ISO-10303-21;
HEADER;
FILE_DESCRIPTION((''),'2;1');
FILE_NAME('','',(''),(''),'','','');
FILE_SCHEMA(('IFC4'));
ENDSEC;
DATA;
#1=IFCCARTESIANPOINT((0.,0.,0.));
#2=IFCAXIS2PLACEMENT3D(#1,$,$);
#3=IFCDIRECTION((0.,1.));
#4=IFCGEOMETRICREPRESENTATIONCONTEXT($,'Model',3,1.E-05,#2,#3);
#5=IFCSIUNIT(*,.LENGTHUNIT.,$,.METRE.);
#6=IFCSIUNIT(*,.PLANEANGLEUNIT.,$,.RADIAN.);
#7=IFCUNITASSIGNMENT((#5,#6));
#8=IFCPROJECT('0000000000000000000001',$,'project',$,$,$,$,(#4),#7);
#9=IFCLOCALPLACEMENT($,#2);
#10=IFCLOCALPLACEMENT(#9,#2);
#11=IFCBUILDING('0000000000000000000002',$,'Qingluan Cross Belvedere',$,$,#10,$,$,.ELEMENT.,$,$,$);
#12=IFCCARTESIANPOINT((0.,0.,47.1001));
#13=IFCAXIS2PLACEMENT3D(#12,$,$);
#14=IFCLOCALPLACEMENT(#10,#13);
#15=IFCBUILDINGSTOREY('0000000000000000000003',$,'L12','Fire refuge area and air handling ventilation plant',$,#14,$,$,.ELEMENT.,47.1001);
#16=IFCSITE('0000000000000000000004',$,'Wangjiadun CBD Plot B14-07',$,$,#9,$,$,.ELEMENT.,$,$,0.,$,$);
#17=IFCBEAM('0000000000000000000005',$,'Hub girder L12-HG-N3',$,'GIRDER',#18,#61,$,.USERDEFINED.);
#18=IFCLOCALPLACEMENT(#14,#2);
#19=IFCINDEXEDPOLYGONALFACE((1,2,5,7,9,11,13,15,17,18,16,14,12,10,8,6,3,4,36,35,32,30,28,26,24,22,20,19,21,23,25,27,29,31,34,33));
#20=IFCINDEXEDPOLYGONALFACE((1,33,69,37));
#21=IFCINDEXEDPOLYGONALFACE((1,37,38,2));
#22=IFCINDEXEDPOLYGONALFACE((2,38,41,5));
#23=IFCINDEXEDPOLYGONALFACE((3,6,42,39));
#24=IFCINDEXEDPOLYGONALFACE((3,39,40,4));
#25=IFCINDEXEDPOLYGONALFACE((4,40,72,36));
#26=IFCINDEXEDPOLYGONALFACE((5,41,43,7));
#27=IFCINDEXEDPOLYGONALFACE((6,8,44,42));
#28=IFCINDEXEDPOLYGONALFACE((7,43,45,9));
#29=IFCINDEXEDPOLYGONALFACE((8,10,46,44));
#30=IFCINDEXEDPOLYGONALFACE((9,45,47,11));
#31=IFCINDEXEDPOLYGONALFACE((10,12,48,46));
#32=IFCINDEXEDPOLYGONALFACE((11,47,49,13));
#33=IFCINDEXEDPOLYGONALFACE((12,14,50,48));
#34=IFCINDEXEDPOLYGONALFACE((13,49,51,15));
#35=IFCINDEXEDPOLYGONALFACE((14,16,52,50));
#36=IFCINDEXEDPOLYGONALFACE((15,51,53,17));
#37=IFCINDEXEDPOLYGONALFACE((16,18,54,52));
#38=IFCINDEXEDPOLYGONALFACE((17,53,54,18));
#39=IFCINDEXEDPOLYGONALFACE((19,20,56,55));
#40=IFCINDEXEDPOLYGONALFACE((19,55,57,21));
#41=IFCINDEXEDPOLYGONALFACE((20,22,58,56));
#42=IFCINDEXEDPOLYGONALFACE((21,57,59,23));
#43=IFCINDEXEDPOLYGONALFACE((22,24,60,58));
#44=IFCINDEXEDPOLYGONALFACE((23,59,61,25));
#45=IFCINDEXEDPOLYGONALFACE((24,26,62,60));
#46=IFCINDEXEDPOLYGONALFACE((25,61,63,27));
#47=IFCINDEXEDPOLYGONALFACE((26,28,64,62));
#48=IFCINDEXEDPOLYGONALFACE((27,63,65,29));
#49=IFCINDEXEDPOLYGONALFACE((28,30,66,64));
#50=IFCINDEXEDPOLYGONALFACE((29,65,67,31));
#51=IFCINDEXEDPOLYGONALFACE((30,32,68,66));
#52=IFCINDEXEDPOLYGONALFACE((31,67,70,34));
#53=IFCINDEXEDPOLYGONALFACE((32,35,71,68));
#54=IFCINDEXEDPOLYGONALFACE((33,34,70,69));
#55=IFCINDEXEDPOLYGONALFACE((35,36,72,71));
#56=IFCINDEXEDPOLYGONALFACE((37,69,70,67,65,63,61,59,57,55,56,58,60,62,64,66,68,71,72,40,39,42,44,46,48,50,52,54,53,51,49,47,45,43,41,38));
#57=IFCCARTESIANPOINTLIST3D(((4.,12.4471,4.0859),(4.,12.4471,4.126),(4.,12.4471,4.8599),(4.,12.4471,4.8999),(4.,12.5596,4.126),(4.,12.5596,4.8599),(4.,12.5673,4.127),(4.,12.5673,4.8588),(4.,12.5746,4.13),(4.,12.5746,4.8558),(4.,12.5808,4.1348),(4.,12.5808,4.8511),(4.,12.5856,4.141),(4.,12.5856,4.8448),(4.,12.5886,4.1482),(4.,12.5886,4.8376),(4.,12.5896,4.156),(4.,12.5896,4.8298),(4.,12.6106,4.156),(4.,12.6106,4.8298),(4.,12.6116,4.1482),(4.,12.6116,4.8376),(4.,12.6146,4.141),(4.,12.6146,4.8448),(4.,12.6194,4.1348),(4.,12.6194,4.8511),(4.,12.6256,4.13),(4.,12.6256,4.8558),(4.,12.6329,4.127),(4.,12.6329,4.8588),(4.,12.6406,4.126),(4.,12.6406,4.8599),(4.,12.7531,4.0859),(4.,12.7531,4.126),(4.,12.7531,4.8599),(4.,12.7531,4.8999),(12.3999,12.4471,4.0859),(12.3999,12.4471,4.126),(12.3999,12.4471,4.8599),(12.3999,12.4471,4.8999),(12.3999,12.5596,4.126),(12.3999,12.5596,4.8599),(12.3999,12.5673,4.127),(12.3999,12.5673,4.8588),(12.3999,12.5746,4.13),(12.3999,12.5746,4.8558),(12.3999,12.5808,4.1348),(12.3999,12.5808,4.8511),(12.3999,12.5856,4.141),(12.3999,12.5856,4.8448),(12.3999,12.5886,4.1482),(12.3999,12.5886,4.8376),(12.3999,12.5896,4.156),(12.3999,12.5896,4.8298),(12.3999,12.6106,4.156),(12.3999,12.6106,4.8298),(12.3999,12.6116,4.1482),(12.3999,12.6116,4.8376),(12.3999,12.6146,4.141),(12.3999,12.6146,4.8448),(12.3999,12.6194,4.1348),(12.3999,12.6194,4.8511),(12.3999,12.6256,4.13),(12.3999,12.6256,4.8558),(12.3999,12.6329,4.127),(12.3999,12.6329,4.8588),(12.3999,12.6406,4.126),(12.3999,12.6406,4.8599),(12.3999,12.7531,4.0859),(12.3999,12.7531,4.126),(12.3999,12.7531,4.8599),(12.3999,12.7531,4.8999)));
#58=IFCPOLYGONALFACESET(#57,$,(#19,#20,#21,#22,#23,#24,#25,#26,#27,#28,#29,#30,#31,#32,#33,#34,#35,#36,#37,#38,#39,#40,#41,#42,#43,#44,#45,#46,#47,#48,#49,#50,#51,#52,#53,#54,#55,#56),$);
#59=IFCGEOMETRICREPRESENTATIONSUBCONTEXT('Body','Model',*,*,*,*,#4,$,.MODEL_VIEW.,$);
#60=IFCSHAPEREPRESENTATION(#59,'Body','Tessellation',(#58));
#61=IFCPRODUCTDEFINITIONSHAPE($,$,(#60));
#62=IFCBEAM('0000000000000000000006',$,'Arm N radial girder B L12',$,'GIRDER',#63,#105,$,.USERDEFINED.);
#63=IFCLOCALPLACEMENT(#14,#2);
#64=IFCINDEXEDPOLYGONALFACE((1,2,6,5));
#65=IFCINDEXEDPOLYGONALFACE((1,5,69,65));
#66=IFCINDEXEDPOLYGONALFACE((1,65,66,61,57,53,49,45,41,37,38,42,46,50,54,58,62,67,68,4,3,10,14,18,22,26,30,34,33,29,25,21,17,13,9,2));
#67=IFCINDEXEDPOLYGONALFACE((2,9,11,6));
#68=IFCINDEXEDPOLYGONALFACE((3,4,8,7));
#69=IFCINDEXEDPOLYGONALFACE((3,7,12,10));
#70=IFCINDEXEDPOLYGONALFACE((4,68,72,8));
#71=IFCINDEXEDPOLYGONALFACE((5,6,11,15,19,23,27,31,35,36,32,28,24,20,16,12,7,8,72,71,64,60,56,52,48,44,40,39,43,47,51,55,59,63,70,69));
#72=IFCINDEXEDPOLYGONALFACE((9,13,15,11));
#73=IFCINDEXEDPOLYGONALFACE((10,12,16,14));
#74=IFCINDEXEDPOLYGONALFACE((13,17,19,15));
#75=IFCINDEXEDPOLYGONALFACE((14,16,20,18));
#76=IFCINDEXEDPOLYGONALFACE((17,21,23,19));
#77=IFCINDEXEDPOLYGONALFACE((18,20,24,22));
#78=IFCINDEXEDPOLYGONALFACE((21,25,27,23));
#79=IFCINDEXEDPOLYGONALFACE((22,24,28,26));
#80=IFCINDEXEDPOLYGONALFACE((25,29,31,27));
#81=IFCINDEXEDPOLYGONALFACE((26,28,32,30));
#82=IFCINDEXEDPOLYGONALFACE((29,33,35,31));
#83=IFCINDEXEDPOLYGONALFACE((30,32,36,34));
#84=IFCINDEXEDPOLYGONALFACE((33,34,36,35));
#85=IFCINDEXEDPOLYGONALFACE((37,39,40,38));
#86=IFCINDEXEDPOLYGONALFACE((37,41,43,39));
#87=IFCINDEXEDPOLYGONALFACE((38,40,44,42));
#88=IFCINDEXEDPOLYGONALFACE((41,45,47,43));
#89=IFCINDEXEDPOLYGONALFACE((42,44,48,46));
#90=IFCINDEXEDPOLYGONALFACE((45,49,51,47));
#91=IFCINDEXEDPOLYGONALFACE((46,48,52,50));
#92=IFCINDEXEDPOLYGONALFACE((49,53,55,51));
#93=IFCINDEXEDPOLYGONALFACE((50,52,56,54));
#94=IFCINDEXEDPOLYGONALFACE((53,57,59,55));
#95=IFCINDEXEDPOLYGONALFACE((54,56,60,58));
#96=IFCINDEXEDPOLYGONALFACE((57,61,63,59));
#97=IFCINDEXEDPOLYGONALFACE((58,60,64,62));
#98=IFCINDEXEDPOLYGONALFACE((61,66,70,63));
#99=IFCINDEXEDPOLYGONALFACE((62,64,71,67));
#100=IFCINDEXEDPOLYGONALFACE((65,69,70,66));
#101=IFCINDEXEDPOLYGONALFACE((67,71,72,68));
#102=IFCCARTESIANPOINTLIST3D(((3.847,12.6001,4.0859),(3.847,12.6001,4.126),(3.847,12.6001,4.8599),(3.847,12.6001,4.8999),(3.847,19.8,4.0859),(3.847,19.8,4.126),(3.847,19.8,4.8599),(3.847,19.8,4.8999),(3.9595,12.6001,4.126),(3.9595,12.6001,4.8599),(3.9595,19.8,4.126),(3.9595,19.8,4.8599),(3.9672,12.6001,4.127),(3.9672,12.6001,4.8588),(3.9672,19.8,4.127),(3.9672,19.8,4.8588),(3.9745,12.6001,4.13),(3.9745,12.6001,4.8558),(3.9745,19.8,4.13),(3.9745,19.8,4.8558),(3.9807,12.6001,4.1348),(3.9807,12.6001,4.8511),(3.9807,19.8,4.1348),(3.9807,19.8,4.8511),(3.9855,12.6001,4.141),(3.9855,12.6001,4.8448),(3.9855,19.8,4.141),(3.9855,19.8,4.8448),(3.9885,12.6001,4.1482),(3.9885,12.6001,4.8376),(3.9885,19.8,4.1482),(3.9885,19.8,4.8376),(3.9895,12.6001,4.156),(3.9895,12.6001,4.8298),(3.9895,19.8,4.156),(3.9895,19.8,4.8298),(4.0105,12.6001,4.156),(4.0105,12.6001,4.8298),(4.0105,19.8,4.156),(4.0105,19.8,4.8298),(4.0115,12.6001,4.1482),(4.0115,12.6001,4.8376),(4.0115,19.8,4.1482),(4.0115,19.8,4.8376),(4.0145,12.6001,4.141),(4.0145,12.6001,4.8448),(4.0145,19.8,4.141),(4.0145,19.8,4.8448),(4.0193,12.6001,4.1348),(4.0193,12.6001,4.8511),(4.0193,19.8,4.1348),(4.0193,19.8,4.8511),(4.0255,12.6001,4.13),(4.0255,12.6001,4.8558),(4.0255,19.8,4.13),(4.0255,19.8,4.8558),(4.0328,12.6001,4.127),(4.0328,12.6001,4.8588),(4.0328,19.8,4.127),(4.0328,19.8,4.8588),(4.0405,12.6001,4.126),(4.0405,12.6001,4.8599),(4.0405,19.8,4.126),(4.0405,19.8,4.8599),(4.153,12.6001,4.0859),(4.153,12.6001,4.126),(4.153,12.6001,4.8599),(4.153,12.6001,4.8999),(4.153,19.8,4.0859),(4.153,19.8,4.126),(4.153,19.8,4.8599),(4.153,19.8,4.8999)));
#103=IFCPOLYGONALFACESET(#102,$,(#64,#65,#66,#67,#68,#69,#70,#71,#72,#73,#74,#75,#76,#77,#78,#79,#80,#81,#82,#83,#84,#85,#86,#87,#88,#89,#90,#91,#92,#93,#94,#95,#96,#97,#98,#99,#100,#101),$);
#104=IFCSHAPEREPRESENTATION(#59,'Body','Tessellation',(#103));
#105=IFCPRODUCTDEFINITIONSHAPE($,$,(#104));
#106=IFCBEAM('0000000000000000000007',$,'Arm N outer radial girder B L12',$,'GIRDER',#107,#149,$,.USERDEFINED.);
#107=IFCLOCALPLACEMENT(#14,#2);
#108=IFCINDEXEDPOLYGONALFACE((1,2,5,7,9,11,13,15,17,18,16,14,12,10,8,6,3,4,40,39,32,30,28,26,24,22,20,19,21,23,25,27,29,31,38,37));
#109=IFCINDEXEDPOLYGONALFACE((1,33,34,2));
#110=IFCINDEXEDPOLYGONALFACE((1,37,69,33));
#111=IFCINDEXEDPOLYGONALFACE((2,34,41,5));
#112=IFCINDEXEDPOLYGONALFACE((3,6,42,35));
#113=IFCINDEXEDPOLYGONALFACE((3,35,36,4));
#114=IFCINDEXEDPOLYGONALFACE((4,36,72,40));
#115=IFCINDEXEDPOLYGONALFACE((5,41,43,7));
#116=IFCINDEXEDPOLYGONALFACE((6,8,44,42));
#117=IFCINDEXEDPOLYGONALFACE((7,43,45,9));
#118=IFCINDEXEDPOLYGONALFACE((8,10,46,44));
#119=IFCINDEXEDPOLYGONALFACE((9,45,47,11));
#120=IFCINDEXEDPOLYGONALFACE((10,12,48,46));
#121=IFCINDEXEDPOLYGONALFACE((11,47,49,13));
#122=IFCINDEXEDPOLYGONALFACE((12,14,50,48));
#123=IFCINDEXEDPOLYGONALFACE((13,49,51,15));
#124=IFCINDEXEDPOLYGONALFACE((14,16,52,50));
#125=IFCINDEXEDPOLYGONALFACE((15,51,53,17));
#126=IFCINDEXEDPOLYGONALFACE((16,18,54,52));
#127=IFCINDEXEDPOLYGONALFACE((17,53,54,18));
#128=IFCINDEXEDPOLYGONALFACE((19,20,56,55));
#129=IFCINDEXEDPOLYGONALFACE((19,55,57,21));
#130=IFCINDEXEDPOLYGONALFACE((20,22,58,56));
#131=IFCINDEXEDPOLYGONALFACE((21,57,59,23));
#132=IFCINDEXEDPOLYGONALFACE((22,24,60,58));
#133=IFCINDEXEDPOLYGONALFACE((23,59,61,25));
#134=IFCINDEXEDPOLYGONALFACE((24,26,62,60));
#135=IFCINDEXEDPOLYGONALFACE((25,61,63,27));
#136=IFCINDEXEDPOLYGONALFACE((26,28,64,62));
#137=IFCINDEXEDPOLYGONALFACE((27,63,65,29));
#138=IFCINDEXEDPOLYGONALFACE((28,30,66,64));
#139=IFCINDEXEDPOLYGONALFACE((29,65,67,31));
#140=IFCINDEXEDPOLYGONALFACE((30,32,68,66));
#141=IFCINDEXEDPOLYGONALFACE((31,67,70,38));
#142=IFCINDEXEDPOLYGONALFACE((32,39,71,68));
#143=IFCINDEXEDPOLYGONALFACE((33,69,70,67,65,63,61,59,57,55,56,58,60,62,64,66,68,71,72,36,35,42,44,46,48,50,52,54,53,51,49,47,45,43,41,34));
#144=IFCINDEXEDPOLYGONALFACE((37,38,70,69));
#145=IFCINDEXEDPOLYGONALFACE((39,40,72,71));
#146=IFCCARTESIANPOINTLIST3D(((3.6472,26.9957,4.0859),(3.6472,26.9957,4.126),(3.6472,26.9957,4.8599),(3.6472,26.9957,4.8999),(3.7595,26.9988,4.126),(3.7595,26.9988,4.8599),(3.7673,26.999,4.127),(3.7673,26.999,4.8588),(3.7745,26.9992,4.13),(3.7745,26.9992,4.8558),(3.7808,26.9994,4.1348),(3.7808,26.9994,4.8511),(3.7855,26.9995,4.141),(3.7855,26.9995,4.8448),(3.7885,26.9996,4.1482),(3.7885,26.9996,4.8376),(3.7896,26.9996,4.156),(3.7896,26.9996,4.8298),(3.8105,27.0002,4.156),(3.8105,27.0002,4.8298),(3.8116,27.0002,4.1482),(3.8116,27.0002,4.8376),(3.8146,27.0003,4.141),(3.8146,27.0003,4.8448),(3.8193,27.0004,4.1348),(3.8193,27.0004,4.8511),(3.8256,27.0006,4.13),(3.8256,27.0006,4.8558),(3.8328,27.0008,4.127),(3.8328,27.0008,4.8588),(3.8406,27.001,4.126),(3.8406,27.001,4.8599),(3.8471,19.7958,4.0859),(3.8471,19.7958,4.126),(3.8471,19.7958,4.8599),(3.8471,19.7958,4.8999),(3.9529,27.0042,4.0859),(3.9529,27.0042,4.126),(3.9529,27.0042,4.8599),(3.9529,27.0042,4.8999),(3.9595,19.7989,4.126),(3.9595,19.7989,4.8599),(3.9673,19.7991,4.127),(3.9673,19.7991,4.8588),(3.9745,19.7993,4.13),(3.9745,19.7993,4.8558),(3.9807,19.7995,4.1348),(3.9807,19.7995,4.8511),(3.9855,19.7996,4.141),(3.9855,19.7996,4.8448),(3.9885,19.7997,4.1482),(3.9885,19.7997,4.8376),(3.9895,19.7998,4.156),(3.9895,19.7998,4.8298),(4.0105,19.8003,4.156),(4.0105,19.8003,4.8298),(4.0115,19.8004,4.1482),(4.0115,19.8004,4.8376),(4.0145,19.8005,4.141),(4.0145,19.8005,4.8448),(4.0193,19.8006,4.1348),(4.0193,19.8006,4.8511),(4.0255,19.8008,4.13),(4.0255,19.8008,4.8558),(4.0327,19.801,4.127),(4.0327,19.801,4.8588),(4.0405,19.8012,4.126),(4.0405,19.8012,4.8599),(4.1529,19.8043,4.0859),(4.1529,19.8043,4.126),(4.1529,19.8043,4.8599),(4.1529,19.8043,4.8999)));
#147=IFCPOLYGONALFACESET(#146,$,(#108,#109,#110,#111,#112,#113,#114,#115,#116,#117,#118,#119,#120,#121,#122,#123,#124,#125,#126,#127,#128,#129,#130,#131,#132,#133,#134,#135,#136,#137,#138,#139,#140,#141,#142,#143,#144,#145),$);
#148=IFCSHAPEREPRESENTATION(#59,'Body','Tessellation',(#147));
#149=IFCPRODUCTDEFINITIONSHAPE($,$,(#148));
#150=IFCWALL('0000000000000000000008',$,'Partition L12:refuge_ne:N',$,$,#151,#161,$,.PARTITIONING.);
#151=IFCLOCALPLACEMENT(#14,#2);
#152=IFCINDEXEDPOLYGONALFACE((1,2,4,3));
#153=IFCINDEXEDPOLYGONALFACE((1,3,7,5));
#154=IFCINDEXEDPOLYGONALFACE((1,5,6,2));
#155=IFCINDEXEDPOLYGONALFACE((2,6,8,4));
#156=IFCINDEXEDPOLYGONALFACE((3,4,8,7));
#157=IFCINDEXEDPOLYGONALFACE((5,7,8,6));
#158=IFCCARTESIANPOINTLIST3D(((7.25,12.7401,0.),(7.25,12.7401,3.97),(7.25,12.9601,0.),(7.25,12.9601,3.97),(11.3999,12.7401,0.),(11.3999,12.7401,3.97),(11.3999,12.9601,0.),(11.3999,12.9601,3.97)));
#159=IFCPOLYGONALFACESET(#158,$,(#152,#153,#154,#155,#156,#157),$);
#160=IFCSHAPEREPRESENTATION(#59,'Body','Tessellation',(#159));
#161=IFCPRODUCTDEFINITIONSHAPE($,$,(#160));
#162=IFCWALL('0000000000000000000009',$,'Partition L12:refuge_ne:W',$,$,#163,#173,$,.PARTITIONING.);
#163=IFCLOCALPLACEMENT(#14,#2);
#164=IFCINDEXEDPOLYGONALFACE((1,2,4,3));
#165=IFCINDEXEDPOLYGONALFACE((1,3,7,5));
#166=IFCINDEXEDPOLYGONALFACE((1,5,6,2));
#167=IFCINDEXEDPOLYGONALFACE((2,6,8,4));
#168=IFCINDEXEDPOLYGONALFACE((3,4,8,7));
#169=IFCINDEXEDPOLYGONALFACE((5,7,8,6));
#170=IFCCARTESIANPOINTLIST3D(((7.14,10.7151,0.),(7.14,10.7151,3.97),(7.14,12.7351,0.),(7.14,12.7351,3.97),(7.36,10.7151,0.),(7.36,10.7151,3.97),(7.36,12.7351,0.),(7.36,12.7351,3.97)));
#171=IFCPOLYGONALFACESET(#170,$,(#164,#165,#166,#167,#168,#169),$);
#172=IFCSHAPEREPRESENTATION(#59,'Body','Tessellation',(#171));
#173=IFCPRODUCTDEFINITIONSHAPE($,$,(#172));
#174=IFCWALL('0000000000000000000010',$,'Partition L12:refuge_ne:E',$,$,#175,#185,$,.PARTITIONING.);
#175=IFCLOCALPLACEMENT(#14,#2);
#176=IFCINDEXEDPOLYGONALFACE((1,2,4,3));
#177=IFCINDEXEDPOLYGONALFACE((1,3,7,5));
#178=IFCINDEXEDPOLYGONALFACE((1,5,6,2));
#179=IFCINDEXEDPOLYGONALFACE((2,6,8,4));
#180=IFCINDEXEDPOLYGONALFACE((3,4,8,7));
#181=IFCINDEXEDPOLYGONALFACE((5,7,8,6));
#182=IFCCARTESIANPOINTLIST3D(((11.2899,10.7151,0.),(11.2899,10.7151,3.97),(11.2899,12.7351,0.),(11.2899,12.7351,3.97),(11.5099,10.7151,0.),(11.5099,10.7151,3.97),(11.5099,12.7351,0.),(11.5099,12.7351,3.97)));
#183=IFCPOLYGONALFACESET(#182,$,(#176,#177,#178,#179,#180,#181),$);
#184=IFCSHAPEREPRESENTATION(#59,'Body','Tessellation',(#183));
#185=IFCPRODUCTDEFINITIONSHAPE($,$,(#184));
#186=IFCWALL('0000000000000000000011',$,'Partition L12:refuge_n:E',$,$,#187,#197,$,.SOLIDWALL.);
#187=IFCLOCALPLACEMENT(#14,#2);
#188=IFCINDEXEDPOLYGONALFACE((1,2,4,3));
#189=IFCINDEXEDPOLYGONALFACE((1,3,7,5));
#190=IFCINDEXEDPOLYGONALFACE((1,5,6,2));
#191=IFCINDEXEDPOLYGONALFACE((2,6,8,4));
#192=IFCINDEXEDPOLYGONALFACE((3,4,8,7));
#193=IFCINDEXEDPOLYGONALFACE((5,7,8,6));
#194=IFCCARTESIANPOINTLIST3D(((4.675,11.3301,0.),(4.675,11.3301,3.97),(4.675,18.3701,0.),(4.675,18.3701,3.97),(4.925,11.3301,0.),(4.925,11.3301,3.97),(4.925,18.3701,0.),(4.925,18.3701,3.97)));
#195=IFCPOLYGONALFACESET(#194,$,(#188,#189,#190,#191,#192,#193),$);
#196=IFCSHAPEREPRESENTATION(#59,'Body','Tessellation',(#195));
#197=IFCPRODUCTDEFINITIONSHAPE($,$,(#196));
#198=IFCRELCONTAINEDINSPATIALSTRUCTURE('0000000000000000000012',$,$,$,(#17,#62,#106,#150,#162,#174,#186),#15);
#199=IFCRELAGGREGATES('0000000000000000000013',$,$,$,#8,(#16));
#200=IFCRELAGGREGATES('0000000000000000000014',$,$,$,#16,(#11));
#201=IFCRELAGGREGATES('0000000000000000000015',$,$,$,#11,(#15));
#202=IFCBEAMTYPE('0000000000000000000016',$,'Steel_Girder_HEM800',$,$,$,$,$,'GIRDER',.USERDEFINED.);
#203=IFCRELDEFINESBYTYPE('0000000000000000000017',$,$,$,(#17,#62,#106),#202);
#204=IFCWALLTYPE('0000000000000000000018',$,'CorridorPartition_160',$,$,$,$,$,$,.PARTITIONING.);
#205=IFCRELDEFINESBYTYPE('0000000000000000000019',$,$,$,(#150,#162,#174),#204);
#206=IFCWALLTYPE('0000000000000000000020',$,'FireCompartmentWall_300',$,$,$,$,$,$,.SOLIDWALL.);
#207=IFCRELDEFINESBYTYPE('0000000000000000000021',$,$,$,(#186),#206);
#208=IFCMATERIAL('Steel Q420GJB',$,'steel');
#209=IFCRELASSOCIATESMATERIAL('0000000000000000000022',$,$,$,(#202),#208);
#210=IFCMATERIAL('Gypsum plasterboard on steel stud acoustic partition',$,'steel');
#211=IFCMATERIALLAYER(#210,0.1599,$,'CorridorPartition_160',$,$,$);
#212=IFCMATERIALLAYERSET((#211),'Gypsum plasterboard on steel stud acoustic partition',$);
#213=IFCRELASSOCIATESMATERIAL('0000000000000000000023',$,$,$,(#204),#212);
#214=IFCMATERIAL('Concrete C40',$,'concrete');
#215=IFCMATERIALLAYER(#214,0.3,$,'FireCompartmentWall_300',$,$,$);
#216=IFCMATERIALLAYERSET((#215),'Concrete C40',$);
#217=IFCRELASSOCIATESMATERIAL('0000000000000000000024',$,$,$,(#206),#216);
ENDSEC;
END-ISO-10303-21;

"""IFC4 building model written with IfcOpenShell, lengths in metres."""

from ifc_helpers import new_model, si_unit, direction, frame, frame_2d, origin, origin_2d, place, context, subcontext, project, spatial, rectangle, i_section, extrude, material, layer, layer_set, material_profile, profile_set, type_object, element, save


model = new_model("IFC4")

# Units and contexts
model_context = context("Model", 3, precision=1e-05, world=origin(), true_north=direction((0.0, 1.0)))
body_context = subcontext(model_context, "Body", "Model", "MODEL_VIEW")
ifc_project = project(units=[si_unit("LENGTHUNIT", "METRE"), si_unit("PLANEANGLEUNIT", "RADIAN")], contexts=[model_context])

# Site, building, storey
site_placement = place(None, origin())
site = spatial("IfcSite", under=ifc_project, at=site_placement, Name="Wangjiadun CBD Plot B14-07", CompositionType="ELEMENT", RefElevation=0.0)
building_placement = place(site_placement, origin())
building = spatial("IfcBuilding", under=site, at=building_placement, Name="Qingluan Cross Belvedere", CompositionType="ELEMENT")
storey_placement = place(building_placement, frame((0.0, 0.0, 47.1001)))
storey = spatial("IfcBuildingStorey", under=building, at=storey_placement, Name="L12", Description="Fire refuge area and air handling ventilation plant", CompositionType="ELEMENT", Elevation=47.1001)

# Beams
ifc_material_1 = material(Name="Steel Q420GJB", Category="steel")
ifc_material_profile_1 = material_profile(ifc_material_1, i_section(OverallWidth=0.3059, OverallDepth=0.814, WebThickness=0.021, FlangeThickness=0.04, FilletRadius=0.03, at=origin_2d()), Name="HEM800")
ifc_profile_set_1 = profile_set([ifc_material_profile_1], Name="Steel Q420GJB")
beam_type_1 = type_object("IfcBeamType", Name="Steel_Girder_HEM800", ElementType="GIRDER", PredefinedType="USERDEFINED", material=ifc_profile_set_1)
beam_1_placement = place(storey_placement, frame((4.0, 12.6001, 4.4929), z_axis=(1.0, 0.0, 0.0), x_axis=(0.0, 1.0, 0.0)))
element("IfcBeam", 1, at=beam_1_placement, inside=storey, type_object=beam_type_1, Name="Hub girder L12-HG-N3", ObjectType="GIRDER", PredefinedType="USERDEFINED", context=body_context, shape_type="SweptSolid", body=[
    extrude(i_section(OverallWidth=0.3059, OverallDepth=0.814, WebThickness=0.021, FlangeThickness=0.04, FilletRadius=0.03, at=origin_2d()), origin(), (0.0, 0.0, 1.0), 8.3999),
])
beam_2_placement = place(storey_placement, frame((4.0, 12.6001, 4.4929), z_axis=(0.0, 1.0, 0.0), x_axis=(-1.0, 0.0, 0.0)))
element("IfcBeam", 2, at=beam_2_placement, inside=storey, type_object=beam_type_1, Name="Arm N radial girder B L12", ObjectType="GIRDER", PredefinedType="USERDEFINED", context=body_context, shape_type="SweptSolid", body=[
    extrude(i_section(OverallWidth=0.3059, OverallDepth=0.814, WebThickness=0.021, FlangeThickness=0.04, FilletRadius=0.03, at=origin_2d()), origin(), (0.0, 0.0, 1.0), 7.2),
])
beam_3_placement = place(storey_placement, frame((4.0, 19.8, 4.4929), z_axis=(-0.02776, 0.999615, 0.0), x_axis=(-0.999615, -0.02776, 0.0)))
element("IfcBeam", 3, at=beam_3_placement, inside=storey, type_object=beam_type_1, Name="Arm N outer radial girder B L12", ObjectType="GIRDER", PredefinedType="USERDEFINED", context=body_context, shape_type="SweptSolid", body=[
    extrude(i_section(OverallWidth=0.3059, OverallDepth=0.814, WebThickness=0.021, FlangeThickness=0.04, FilletRadius=0.03, at=origin_2d()), origin(), (0.0, 0.0, 1.0), 7.2026),
])

# Shared definitions
ifc_material_2 = material(Name="Gypsum plasterboard on steel stud acoustic partition", Category="steel")
ifc_layer_1 = layer(ifc_material_2, 0.1599, Name="CorridorPartition_160")
ifc_layer_set_1 = layer_set([ifc_layer_1], Name="Gypsum plasterboard on steel stud acoustic partition")
wall_type_1 = type_object("IfcWallType", Name="CorridorPartition_160", PredefinedType="PARTITIONING", material=ifc_layer_set_1)

# Walls
wall_1_placement = place(storey_placement, frame((7.25, 12.8501, 0.0), z_axis=(0.0, 0.0, 1.0), x_axis=(1.0, 0.0, 0.0)))
element("IfcWall", 4, at=wall_1_placement, inside=storey, type_object=wall_type_1, Name="Partition L12:refuge_ne:N", PredefinedType="PARTITIONING", context=body_context, shape_type="SweptSolid", body=[
    extrude(rectangle(XDim=4.1499, YDim=0.22, at=frame_2d((2.075, 0.0))), origin(), (0.0, 0.0, 1.0), 3.97),
])
for number, where, z_axis, x_axis, name in (
    (5, (7.25, 10.7151, 0.0), (0.0, 0.0, 1.0), (0.0, 1.0, 0.0), "Partition L12:refuge_ne:W"),
    (6, (11.3999, 10.7151, 0.0), (0.0, 0.0, 1.0), (0.0, 1.0, 0.0), "Partition L12:refuge_ne:E"),
):
    element("IfcWall", number, at=place(storey_placement, frame(where, z_axis=z_axis, x_axis=x_axis)), inside=storey, type_object=wall_type_1, Name=name, PredefinedType="PARTITIONING", context=body_context, shape_type="SweptSolid", body=[
        extrude(rectangle(XDim=2.02, YDim=0.22, at=frame_2d((1.01, 0.0))), origin(), (0.0, 0.0, 1.0), 3.97),
    ])
ifc_material_3 = material(Name="Concrete C40", Category="concrete")
ifc_layer_2 = layer(ifc_material_3, 0.3, Name="FireCompartmentWall_300")
ifc_layer_set_2 = layer_set([ifc_layer_2], Name="Concrete C40")
wall_type_2 = type_object("IfcWallType", Name="FireCompartmentWall_300", PredefinedType="SOLIDWALL", material=ifc_layer_set_2)
wall_2_placement = place(storey_placement, frame((4.8, 11.3301, 0.0), z_axis=(0.0, 0.0, 1.0), x_axis=(0.0, 1.0, 0.0)))
element("IfcWall", 7, at=wall_2_placement, inside=storey, type_object=wall_type_2, Name="Partition L12:refuge_n:E", PredefinedType="SOLIDWALL", context=body_context, shape_type="SweptSolid", body=[
    extrude(rectangle(XDim=7.04, YDim=0.25, at=frame_2d((3.52, 0.0))), origin(), (0.0, 0.0, 1.0), 3.97),
])

save(model, "model.ifc")
